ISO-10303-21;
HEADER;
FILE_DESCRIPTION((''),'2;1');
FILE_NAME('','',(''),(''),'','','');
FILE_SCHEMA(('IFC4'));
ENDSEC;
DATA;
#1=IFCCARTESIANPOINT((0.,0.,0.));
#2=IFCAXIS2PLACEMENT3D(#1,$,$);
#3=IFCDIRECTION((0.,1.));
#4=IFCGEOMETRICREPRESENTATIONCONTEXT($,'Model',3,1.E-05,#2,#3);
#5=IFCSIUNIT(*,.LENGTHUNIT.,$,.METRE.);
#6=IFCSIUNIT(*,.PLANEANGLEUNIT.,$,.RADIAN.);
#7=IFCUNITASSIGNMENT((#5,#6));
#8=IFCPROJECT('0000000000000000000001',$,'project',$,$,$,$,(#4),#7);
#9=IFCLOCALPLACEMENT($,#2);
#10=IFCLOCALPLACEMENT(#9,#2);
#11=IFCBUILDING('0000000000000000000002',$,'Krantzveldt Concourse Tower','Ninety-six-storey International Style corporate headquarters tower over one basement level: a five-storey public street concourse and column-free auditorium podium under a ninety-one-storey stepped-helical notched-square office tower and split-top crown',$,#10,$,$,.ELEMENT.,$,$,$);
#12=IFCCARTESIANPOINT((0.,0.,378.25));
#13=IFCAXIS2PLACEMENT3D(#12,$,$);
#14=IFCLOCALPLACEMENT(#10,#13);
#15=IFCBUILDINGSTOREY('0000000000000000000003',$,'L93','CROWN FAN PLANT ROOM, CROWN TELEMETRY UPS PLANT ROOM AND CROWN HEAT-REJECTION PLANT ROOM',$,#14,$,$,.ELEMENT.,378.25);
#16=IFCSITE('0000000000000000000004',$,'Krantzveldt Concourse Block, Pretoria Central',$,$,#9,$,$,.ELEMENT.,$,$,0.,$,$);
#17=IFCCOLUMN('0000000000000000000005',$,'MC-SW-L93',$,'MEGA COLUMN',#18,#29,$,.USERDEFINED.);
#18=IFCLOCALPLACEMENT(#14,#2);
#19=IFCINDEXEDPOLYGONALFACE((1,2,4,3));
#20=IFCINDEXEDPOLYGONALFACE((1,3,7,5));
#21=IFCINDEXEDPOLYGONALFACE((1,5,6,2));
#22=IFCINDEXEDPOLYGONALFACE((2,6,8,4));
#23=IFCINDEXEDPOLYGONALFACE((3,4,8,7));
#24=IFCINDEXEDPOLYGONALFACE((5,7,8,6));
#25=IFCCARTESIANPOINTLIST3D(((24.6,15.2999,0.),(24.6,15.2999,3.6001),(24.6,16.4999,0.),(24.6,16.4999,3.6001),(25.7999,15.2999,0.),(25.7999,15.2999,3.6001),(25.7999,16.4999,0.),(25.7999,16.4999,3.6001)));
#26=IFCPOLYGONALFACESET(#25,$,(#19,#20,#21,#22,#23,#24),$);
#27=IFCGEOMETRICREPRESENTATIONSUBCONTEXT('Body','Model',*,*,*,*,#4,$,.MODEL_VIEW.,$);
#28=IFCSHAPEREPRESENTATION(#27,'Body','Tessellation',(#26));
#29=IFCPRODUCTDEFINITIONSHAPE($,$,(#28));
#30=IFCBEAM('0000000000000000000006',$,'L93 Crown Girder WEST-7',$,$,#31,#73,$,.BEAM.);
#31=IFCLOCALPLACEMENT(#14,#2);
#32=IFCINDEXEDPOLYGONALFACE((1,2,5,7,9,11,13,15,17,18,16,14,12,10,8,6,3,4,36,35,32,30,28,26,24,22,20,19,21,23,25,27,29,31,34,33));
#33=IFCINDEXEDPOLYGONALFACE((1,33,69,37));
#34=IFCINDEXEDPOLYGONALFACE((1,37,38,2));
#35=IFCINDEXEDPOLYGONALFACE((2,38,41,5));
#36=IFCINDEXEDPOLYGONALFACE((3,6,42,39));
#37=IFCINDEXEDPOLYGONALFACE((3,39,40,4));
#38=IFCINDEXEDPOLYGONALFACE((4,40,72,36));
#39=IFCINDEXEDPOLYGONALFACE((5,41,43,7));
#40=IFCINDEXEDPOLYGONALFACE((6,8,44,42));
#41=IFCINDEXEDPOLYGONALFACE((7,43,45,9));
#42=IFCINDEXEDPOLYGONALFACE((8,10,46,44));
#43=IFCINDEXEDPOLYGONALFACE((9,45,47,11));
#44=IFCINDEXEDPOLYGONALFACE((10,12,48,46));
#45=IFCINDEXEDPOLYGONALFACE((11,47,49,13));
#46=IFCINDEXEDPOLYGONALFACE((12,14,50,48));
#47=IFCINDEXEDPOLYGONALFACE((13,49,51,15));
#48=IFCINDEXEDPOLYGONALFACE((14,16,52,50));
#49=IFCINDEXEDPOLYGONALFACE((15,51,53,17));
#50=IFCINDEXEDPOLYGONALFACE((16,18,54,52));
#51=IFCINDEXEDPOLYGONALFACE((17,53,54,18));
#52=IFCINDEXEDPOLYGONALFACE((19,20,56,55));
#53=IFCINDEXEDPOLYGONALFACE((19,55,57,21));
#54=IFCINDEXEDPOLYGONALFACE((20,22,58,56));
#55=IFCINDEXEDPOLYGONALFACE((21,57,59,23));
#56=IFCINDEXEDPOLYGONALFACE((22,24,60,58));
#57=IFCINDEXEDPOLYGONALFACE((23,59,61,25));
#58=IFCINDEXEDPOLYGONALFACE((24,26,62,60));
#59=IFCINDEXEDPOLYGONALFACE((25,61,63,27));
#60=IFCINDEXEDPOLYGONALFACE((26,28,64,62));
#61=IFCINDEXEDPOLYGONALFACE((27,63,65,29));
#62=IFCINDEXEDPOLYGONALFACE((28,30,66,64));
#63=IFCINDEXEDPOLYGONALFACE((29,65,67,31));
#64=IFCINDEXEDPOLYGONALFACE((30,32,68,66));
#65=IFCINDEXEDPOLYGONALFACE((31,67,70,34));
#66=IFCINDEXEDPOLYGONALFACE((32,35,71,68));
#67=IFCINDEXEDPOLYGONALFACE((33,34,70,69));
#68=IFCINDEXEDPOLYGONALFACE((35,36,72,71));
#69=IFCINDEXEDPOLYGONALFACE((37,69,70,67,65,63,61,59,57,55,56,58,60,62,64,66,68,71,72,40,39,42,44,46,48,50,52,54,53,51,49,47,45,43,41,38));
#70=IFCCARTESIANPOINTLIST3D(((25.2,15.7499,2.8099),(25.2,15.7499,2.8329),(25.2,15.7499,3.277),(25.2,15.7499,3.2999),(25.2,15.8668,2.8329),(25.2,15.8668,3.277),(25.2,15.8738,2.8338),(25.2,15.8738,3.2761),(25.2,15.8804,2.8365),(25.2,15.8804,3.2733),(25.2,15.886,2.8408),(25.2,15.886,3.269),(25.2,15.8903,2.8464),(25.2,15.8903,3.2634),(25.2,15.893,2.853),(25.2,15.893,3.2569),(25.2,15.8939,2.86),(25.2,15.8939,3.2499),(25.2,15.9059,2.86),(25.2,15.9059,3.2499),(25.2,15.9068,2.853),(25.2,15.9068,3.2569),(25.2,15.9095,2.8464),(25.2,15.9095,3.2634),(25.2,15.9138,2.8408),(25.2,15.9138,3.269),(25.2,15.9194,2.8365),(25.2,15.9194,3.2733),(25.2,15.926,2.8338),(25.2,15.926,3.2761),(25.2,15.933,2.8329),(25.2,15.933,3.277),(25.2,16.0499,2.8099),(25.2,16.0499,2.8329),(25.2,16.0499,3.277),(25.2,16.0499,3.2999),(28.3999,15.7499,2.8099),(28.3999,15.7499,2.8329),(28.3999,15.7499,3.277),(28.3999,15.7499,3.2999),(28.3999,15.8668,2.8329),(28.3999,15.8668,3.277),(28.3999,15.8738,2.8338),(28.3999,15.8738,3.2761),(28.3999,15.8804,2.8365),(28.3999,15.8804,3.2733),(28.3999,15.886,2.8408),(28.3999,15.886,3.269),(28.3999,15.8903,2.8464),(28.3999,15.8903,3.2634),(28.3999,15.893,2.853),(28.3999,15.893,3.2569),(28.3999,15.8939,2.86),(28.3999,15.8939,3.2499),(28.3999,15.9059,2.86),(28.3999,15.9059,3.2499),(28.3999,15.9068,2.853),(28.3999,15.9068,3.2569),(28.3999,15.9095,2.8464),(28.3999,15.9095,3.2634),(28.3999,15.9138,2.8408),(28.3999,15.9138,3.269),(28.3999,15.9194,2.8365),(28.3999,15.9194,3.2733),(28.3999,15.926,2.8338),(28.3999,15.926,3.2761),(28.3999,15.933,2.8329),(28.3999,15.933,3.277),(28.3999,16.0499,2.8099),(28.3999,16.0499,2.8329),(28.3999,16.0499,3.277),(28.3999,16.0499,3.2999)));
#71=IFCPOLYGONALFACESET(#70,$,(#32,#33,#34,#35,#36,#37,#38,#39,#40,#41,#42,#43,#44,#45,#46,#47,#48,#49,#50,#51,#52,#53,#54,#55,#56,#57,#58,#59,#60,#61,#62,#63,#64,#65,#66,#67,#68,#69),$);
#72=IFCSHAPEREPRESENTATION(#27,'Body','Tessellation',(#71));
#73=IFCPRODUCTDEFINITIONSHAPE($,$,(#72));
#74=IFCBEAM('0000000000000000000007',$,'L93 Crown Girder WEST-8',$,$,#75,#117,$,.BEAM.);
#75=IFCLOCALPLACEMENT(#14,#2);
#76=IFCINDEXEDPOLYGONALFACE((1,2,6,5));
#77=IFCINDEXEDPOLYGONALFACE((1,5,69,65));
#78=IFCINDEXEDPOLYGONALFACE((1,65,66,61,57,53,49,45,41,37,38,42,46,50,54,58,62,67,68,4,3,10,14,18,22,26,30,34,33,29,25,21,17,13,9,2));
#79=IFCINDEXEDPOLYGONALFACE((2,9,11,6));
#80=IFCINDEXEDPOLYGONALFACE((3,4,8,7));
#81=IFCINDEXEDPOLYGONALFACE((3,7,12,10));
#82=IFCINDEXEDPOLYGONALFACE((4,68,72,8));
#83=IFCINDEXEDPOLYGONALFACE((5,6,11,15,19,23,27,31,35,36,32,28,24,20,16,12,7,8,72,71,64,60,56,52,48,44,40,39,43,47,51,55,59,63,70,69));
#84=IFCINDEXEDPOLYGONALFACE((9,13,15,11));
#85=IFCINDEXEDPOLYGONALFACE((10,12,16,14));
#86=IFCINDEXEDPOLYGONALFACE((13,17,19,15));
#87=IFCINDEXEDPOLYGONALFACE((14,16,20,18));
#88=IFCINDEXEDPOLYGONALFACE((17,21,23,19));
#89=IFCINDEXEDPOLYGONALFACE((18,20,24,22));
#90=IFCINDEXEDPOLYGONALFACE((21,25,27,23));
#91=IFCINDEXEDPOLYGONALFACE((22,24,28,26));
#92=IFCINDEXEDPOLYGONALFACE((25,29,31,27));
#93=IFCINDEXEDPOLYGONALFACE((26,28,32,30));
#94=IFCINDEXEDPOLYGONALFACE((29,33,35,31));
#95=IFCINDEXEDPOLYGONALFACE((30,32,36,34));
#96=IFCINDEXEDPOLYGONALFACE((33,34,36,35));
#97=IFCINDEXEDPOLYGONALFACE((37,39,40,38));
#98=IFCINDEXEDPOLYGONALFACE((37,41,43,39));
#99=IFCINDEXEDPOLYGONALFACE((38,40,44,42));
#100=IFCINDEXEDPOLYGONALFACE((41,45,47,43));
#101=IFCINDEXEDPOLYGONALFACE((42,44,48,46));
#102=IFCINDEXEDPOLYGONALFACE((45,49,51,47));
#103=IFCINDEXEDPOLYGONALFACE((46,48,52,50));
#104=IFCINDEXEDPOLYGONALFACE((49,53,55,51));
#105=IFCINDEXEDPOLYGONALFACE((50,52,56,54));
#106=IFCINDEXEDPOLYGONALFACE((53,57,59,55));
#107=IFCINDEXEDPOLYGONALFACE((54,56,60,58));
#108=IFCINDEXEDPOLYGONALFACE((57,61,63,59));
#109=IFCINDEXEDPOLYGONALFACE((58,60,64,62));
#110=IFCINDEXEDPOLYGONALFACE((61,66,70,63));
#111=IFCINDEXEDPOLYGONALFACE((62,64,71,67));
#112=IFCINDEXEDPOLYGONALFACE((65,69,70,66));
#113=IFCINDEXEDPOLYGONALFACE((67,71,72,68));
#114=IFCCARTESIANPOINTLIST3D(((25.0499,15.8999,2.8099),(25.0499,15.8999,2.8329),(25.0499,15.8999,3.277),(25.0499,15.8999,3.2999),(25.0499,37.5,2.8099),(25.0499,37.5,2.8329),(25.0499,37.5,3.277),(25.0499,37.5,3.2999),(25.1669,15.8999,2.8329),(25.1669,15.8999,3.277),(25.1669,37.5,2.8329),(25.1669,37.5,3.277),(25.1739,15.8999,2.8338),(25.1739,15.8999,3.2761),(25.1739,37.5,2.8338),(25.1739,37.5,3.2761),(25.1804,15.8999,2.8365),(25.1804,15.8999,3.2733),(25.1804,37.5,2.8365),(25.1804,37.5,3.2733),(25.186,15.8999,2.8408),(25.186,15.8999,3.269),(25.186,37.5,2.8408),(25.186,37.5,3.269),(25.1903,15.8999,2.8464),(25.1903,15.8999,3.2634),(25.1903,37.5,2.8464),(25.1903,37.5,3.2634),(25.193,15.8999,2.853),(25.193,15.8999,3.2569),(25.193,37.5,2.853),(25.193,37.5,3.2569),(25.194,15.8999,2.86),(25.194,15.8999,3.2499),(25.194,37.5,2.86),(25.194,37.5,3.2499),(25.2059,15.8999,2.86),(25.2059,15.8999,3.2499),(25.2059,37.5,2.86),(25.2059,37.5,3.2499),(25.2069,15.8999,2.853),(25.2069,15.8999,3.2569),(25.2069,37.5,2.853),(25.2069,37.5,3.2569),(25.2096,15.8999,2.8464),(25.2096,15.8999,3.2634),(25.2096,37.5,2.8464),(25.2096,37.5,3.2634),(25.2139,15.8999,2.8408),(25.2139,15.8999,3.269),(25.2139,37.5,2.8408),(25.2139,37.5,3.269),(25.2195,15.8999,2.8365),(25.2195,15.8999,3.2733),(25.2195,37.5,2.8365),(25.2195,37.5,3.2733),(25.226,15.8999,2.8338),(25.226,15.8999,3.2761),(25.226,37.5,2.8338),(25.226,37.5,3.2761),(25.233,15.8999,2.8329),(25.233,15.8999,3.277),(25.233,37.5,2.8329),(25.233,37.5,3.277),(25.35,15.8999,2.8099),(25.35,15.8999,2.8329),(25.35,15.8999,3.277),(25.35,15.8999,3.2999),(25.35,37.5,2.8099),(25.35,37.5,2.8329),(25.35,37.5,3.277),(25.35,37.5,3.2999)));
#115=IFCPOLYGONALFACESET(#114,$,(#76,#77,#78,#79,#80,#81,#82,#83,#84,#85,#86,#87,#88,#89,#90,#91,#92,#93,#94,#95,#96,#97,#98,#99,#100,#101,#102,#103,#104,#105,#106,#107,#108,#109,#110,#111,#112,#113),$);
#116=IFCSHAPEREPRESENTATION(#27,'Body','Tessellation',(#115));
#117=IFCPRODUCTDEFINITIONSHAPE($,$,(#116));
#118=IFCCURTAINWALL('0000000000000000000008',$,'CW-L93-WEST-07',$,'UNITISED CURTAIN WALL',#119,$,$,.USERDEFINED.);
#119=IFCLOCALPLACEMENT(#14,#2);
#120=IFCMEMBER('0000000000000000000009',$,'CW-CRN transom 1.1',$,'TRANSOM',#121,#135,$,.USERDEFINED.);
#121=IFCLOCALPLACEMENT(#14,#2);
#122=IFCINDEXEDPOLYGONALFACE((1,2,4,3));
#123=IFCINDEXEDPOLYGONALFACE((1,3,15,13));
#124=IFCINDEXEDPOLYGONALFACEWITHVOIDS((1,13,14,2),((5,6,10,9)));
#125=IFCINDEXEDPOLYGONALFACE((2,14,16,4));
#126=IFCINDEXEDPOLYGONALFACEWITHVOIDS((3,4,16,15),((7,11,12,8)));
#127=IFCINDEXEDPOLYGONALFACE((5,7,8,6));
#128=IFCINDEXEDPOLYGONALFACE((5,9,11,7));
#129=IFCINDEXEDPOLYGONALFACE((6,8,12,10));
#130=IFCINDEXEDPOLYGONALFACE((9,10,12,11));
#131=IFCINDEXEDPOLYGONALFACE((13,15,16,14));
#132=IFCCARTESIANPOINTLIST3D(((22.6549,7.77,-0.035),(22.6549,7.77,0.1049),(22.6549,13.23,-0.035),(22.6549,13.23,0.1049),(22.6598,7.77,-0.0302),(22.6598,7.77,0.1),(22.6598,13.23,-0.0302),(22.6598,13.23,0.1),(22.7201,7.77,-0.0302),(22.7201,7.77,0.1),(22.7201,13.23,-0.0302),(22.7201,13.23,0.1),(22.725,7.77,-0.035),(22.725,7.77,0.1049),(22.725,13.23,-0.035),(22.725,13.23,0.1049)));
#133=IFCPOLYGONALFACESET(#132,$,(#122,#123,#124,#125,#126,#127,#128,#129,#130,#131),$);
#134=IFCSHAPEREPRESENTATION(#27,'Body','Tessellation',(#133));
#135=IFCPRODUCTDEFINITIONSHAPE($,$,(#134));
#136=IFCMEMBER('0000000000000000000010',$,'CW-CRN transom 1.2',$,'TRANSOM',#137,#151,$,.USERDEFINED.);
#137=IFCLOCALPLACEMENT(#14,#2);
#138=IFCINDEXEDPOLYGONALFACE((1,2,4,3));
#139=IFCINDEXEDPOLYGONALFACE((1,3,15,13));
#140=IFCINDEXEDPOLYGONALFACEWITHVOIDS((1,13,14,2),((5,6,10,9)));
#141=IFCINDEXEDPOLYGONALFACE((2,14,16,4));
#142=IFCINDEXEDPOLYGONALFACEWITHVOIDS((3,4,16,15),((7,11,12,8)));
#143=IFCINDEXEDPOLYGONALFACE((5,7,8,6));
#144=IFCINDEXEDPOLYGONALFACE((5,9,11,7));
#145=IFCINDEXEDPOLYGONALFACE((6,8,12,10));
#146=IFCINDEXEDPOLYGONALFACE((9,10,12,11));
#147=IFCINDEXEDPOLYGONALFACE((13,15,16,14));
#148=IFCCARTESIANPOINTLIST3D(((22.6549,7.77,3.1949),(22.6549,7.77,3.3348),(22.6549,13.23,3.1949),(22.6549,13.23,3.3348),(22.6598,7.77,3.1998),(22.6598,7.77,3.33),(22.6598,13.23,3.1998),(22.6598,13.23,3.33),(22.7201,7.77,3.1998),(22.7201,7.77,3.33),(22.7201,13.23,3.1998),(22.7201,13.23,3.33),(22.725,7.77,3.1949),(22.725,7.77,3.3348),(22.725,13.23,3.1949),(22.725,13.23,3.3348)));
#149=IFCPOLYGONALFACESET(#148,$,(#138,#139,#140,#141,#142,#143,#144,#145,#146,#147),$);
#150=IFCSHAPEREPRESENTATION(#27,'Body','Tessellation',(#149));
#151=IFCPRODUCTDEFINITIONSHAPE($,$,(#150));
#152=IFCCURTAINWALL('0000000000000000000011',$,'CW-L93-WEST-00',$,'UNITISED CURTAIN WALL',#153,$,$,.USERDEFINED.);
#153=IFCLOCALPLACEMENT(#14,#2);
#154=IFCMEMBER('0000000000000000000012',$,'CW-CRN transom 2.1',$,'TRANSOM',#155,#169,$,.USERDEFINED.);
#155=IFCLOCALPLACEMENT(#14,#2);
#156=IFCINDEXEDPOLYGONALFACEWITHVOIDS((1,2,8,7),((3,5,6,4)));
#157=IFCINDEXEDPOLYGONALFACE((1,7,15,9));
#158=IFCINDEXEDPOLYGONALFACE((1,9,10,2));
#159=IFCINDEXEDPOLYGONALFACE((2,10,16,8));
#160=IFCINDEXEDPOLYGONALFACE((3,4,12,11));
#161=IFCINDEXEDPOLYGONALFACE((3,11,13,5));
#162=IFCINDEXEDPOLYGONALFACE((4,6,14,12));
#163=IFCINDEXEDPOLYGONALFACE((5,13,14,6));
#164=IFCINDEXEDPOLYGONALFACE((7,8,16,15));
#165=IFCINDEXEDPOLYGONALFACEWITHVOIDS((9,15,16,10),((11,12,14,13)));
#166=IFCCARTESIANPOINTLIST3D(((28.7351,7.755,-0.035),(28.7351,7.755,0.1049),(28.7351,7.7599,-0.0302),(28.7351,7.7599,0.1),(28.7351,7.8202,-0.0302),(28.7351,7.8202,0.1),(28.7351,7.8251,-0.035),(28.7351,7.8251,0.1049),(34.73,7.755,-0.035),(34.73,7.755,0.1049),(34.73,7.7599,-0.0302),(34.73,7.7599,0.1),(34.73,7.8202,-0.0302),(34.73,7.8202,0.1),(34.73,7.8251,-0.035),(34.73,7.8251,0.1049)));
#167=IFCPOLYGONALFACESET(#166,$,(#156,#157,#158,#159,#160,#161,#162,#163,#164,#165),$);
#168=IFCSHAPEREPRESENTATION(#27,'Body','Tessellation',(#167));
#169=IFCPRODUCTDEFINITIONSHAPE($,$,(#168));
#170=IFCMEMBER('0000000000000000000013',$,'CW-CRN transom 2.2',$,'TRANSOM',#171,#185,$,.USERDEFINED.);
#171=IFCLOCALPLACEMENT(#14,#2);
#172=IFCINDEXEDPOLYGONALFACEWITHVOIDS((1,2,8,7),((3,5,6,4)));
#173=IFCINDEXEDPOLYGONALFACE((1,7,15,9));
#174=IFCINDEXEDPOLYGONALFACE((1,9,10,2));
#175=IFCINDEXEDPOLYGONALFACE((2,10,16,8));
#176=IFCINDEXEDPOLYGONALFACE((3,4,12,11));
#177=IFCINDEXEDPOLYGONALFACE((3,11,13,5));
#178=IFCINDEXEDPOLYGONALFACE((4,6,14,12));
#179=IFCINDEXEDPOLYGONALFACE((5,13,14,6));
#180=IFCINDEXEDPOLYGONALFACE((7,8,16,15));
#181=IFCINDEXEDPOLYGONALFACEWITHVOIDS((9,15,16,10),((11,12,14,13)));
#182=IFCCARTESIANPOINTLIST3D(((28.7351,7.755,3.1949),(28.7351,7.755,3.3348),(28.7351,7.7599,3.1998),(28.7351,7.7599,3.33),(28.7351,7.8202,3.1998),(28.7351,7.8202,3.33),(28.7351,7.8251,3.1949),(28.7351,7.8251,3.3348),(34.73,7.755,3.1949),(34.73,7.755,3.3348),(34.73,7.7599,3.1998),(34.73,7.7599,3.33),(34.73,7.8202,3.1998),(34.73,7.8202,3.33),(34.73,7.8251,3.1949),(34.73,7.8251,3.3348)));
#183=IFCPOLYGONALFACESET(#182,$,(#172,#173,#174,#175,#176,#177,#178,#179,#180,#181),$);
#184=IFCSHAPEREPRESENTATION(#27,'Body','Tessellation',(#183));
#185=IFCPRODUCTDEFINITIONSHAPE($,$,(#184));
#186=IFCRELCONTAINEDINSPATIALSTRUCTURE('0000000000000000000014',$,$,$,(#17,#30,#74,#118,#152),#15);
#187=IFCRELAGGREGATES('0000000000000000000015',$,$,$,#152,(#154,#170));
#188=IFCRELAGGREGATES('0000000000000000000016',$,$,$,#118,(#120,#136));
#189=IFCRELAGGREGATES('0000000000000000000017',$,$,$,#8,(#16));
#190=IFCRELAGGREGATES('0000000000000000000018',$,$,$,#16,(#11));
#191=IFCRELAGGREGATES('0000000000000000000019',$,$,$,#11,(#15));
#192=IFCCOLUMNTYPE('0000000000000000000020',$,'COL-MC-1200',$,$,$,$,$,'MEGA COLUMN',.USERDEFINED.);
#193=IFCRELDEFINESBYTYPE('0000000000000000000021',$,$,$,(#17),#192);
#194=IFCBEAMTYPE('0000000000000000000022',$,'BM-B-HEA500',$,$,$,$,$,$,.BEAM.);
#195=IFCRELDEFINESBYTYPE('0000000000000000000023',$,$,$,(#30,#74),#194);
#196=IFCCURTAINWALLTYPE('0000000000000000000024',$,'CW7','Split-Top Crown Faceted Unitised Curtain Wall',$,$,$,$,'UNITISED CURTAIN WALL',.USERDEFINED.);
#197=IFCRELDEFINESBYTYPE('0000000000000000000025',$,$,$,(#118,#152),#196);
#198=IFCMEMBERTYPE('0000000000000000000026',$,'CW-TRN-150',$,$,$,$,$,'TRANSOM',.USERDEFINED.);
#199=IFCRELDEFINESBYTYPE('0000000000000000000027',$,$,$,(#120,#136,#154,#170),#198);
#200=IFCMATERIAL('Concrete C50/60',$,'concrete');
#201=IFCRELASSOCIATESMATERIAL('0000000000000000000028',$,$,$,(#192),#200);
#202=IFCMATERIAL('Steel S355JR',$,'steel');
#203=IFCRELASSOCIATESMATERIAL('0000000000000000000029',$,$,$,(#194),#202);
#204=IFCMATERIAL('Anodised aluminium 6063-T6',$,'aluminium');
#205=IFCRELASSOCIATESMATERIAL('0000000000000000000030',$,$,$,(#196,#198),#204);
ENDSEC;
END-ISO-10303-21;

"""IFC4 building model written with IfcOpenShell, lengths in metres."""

from ifc_helpers import new_model, si_unit, direction, frame, origin, origin_2d, place, context, subcontext, project, spatial, rectangle, hollow_rectangle, i_section, extrude, source, transform, mapped, material, material_profile, profile_set, type_object, type_shapes, element, aggregate, save


model = new_model("IFC4")

# Units and contexts
model_context = context("Model", 3, precision=1e-05, world=origin(), true_north=direction((0.0, 1.0)))
body_context = subcontext(model_context, "Body", "Model", "MODEL_VIEW")
ifc_project = project(units=[si_unit("LENGTHUNIT", "METRE"), si_unit("PLANEANGLEUNIT", "RADIAN")], contexts=[model_context])

# Site, building, storey
site_placement = place(None, origin())
site = spatial("IfcSite", under=ifc_project, at=site_placement, Name="Krantzveldt Concourse Block, Pretoria Central", CompositionType="ELEMENT", RefElevation=0.0)
building_placement = place(site_placement, origin())
building = spatial("IfcBuilding", under=site, at=building_placement, Name="Krantzveldt Concourse Tower", Description="Ninety-six-storey International Style corporate headquarters tower over one basement level: a five-storey public street concourse and column-free auditorium podium under a ninety-one-storey stepped-helical notched-square office tower and split-top crown", CompositionType="ELEMENT")
storey_placement = place(building_placement, frame((0.0, 0.0, 378.25)))
storey = spatial("IfcBuildingStorey", under=building, at=storey_placement, Name="L93", Description="CROWN FAN PLANT ROOM, CROWN TELEMETRY UPS PLANT ROOM AND CROWN HEAT-REJECTION PLANT ROOM", CompositionType="ELEMENT", Elevation=378.25)

# Column
ifc_material_1 = material(Name="Concrete C50/60", Category="concrete")
ifc_material_profile_1 = material_profile(ifc_material_1, rectangle(XDim=1.2, YDim=1.2, at=origin_2d()), Name="Concrete C50/60", Category="concrete")
ifc_profile_set_1 = profile_set([ifc_material_profile_1], Name="Concrete C50/60 - RC 1200x1200")
column_type = type_object("IfcColumnType", Name="COL-MC-1200", ElementType="MEGA COLUMN", PredefinedType="USERDEFINED", material=ifc_profile_set_1)
shared_shape_1 = source(origin(), body_context, "Body", "SweptSolid", [
    extrude(rectangle(XDim=1.2, YDim=1.2, at=origin_2d()), origin(), (0.0, 0.0, 1.0), 3.6001),
])
type_shapes(column_type, [shared_shape_1])
column_placement = place(storey_placement, frame((25.2, 15.8999, 0.0), z_axis=(0.0, 0.0, 1.0), x_axis=(1.0, 0.0, 0.0)))
element("IfcColumn", 1, at=column_placement, inside=storey, type_object=column_type, Name="MC-SW-L93", ObjectType="MEGA COLUMN", PredefinedType="USERDEFINED", context=body_context, shape_type="MappedRepresentation", body=[
    mapped(shared_shape_1, transform((0.0, 0.0, 0.0), x_axis=(1.0, 0.0, 0.0), y_axis=(0.0, 1.0, 0.0), z_axis=(0.0, 0.0, 1.0), scale=1.0)),
])

# Beams
ifc_material_2 = material(Name="Steel S355JR", Category="steel")
ifc_material_profile_2 = material_profile(ifc_material_2, i_section(OverallWidth=0.3, OverallDepth=0.49, WebThickness=0.012, FlangeThickness=0.0229, FilletRadius=0.0271, at=origin_2d()), Name="Steel S355JR", Category="steel")
ifc_profile_set_2 = profile_set([ifc_material_profile_2], Name="Steel S355JR - HEA 500")
beam_type = type_object("IfcBeamType", Name="BM-B-HEA500", PredefinedType="BEAM", material=ifc_profile_set_2)
shared_shape_2 = source(origin(), body_context, "Body", "SweptSolid", [
    extrude(i_section(OverallWidth=0.3, OverallDepth=0.49, WebThickness=0.012, FlangeThickness=0.0229, FilletRadius=0.0271, at=origin_2d()), origin(), (0.0, 0.0, 1.0), 3.2),
])
beam_1_placement = place(storey_placement, frame((25.2, 15.8999, 3.0549), z_axis=(1.0, 0.0, 0.0), x_axis=(0.0, 1.0, 0.0)))
element("IfcBeam", 2, at=beam_1_placement, inside=storey, type_object=beam_type, Name="L93 Crown Girder WEST-7", PredefinedType="BEAM", context=body_context, shape_type="MappedRepresentation", body=[
    mapped(shared_shape_2, transform((0.0, 0.0, 0.0), x_axis=(1.0, 0.0, 0.0), y_axis=(0.0, 1.0, 0.0), z_axis=(0.0, 0.0, 1.0), scale=1.0)),
])
shared_shape_3 = source(origin(), body_context, "Body", "SweptSolid", [
    extrude(i_section(OverallWidth=0.3, OverallDepth=0.49, WebThickness=0.012, FlangeThickness=0.0229, FilletRadius=0.0271, at=origin_2d()), origin(), (0.0, 0.0, 1.0), 21.6001),
])
type_shapes(beam_type, [shared_shape_2, shared_shape_3])
beam_2_placement = place(storey_placement, frame((25.2, 15.8999, 3.0549), z_axis=(0.0, 1.0, 0.0), x_axis=(-1.0, 0.0, 0.0)))
element("IfcBeam", 3, at=beam_2_placement, inside=storey, type_object=beam_type, Name="L93 Crown Girder WEST-8", PredefinedType="BEAM", context=body_context, shape_type="MappedRepresentation", body=[
    mapped(shared_shape_3, transform((0.0, 0.0, 0.0), x_axis=(1.0, 0.0, 0.0), y_axis=(0.0, 1.0, 0.0), z_axis=(0.0, 0.0, 1.0), scale=1.0)),
])

# Curtain walls, members
ifc_material_3 = material(Name="Anodised aluminium 6063-T6", Category="aluminium")
curtain_wall_type = type_object("IfcCurtainWallType", Name="CW7", Description="Split-Top Crown Faceted Unitised Curtain Wall", ElementType="UNITISED CURTAIN WALL", PredefinedType="USERDEFINED", material=ifc_material_3)
curtain_wall_1_placement = place(storey_placement, origin())
curtain_wall_1 = element("IfcCurtainWall", 4, at=curtain_wall_1_placement, inside=storey, type_object=curtain_wall_type, Name="CW-L93-WEST-07", ObjectType="UNITISED CURTAIN WALL", PredefinedType="USERDEFINED")
ifc_material_profile_3 = material_profile(ifc_material_3, hollow_rectangle(XDim=0.0701, YDim=0.1399, WallThickness=0.0049, at=origin_2d()), Name="Anodised aluminium 6063-T6", Category="aluminium")
ifc_profile_set_3 = profile_set([ifc_material_profile_3], Name="Anodised aluminium 6063-T6 - ALU-TRAN 140x70x5")
member_type_1 = type_object("IfcMemberType", Name="CW-TRN-150", ElementType="TRANSOM", PredefinedType="USERDEFINED", material=ifc_profile_set_3)
shared_shape_4 = source(origin(), body_context, "Body", "SweptSolid", [
    extrude(hollow_rectangle(XDim=0.0701, YDim=0.1399, WallThickness=0.0049, at=origin_2d()), origin(), (0.0, 0.0, 1.0), 5.46),
])
member_1_placement = place(storey_placement, frame((22.6899, 13.23, 0.0349), z_axis=(0.0, -1.0, 0.0), x_axis=(1.0, 0.0, 0.0)))
member_1 = element("IfcMember", 5, at=member_1_placement, type_object=member_type_1, Name="CW-CRN transom 1.1", ObjectType="TRANSOM", PredefinedType="USERDEFINED", context=body_context, shape_type="MappedRepresentation", body=[
    mapped(shared_shape_4, transform((0.0, 0.0, 0.0), x_axis=(1.0, 0.0, 0.0), y_axis=(0.0, 1.0, 0.0), z_axis=(0.0, 0.0, 1.0), scale=1.0)),
])
member_2_placement = place(storey_placement, frame((22.6899, 13.23, 3.2649), z_axis=(0.0, -1.0, 0.0), x_axis=(1.0, 0.0, 0.0)))
member_2 = element("IfcMember", 6, at=member_2_placement, type_object=member_type_1, Name="CW-CRN transom 1.2", ObjectType="TRANSOM", PredefinedType="USERDEFINED", context=body_context, shape_type="MappedRepresentation", body=[
    mapped(shared_shape_4, transform((0.0, 0.0, 0.0), x_axis=(1.0, 0.0, 0.0), y_axis=(0.0, 1.0, 0.0), z_axis=(0.0, 0.0, 1.0), scale=1.0)),
])
curtain_wall_2_placement = place(storey_placement, origin())
curtain_wall_2 = element("IfcCurtainWall", 7, at=curtain_wall_2_placement, inside=storey, type_object=curtain_wall_type, Name="CW-L93-WEST-00", ObjectType="UNITISED CURTAIN WALL", PredefinedType="USERDEFINED")
shared_shape_5 = source(origin(), body_context, "Body", "SweptSolid", [
    extrude(hollow_rectangle(XDim=0.0701, YDim=0.1399, WallThickness=0.0049, at=origin_2d()), origin(), (0.0, 0.0, 1.0), 5.9949),
])
type_shapes(member_type_1, [shared_shape_4, shared_shape_5])
member_3_placement = place(storey_placement, frame((28.7351, 7.79, 0.0349), z_axis=(1.0, 0.0, 0.0), x_axis=(0.0, 1.0, 0.0)))
member_3 = element("IfcMember", 8, at=member_3_placement, type_object=member_type_1, Name="CW-CRN transom 2.1", ObjectType="TRANSOM", PredefinedType="USERDEFINED", context=body_context, shape_type="MappedRepresentation", body=[
    mapped(shared_shape_5, transform((0.0, 0.0, 0.0), x_axis=(1.0, 0.0, 0.0), y_axis=(0.0, 1.0, 0.0), z_axis=(0.0, 0.0, 1.0), scale=1.0)),
])
member_4_placement = place(storey_placement, frame((28.7351, 7.79, 3.2649), z_axis=(1.0, 0.0, 0.0), x_axis=(0.0, 1.0, 0.0)))
member_4 = element("IfcMember", 9, at=member_4_placement, type_object=member_type_1, Name="CW-CRN transom 2.2", ObjectType="TRANSOM", PredefinedType="USERDEFINED", context=body_context, shape_type="MappedRepresentation", body=[
    mapped(shared_shape_5, transform((0.0, 0.0, 0.0), x_axis=(1.0, 0.0, 0.0), y_axis=(0.0, 1.0, 0.0), z_axis=(0.0, 0.0, 1.0), scale=1.0)),
])

aggregate(curtain_wall_2, [member_3, member_4])
aggregate(curtain_wall_1, [member_1, member_2])

save(model, "model.ifc")
